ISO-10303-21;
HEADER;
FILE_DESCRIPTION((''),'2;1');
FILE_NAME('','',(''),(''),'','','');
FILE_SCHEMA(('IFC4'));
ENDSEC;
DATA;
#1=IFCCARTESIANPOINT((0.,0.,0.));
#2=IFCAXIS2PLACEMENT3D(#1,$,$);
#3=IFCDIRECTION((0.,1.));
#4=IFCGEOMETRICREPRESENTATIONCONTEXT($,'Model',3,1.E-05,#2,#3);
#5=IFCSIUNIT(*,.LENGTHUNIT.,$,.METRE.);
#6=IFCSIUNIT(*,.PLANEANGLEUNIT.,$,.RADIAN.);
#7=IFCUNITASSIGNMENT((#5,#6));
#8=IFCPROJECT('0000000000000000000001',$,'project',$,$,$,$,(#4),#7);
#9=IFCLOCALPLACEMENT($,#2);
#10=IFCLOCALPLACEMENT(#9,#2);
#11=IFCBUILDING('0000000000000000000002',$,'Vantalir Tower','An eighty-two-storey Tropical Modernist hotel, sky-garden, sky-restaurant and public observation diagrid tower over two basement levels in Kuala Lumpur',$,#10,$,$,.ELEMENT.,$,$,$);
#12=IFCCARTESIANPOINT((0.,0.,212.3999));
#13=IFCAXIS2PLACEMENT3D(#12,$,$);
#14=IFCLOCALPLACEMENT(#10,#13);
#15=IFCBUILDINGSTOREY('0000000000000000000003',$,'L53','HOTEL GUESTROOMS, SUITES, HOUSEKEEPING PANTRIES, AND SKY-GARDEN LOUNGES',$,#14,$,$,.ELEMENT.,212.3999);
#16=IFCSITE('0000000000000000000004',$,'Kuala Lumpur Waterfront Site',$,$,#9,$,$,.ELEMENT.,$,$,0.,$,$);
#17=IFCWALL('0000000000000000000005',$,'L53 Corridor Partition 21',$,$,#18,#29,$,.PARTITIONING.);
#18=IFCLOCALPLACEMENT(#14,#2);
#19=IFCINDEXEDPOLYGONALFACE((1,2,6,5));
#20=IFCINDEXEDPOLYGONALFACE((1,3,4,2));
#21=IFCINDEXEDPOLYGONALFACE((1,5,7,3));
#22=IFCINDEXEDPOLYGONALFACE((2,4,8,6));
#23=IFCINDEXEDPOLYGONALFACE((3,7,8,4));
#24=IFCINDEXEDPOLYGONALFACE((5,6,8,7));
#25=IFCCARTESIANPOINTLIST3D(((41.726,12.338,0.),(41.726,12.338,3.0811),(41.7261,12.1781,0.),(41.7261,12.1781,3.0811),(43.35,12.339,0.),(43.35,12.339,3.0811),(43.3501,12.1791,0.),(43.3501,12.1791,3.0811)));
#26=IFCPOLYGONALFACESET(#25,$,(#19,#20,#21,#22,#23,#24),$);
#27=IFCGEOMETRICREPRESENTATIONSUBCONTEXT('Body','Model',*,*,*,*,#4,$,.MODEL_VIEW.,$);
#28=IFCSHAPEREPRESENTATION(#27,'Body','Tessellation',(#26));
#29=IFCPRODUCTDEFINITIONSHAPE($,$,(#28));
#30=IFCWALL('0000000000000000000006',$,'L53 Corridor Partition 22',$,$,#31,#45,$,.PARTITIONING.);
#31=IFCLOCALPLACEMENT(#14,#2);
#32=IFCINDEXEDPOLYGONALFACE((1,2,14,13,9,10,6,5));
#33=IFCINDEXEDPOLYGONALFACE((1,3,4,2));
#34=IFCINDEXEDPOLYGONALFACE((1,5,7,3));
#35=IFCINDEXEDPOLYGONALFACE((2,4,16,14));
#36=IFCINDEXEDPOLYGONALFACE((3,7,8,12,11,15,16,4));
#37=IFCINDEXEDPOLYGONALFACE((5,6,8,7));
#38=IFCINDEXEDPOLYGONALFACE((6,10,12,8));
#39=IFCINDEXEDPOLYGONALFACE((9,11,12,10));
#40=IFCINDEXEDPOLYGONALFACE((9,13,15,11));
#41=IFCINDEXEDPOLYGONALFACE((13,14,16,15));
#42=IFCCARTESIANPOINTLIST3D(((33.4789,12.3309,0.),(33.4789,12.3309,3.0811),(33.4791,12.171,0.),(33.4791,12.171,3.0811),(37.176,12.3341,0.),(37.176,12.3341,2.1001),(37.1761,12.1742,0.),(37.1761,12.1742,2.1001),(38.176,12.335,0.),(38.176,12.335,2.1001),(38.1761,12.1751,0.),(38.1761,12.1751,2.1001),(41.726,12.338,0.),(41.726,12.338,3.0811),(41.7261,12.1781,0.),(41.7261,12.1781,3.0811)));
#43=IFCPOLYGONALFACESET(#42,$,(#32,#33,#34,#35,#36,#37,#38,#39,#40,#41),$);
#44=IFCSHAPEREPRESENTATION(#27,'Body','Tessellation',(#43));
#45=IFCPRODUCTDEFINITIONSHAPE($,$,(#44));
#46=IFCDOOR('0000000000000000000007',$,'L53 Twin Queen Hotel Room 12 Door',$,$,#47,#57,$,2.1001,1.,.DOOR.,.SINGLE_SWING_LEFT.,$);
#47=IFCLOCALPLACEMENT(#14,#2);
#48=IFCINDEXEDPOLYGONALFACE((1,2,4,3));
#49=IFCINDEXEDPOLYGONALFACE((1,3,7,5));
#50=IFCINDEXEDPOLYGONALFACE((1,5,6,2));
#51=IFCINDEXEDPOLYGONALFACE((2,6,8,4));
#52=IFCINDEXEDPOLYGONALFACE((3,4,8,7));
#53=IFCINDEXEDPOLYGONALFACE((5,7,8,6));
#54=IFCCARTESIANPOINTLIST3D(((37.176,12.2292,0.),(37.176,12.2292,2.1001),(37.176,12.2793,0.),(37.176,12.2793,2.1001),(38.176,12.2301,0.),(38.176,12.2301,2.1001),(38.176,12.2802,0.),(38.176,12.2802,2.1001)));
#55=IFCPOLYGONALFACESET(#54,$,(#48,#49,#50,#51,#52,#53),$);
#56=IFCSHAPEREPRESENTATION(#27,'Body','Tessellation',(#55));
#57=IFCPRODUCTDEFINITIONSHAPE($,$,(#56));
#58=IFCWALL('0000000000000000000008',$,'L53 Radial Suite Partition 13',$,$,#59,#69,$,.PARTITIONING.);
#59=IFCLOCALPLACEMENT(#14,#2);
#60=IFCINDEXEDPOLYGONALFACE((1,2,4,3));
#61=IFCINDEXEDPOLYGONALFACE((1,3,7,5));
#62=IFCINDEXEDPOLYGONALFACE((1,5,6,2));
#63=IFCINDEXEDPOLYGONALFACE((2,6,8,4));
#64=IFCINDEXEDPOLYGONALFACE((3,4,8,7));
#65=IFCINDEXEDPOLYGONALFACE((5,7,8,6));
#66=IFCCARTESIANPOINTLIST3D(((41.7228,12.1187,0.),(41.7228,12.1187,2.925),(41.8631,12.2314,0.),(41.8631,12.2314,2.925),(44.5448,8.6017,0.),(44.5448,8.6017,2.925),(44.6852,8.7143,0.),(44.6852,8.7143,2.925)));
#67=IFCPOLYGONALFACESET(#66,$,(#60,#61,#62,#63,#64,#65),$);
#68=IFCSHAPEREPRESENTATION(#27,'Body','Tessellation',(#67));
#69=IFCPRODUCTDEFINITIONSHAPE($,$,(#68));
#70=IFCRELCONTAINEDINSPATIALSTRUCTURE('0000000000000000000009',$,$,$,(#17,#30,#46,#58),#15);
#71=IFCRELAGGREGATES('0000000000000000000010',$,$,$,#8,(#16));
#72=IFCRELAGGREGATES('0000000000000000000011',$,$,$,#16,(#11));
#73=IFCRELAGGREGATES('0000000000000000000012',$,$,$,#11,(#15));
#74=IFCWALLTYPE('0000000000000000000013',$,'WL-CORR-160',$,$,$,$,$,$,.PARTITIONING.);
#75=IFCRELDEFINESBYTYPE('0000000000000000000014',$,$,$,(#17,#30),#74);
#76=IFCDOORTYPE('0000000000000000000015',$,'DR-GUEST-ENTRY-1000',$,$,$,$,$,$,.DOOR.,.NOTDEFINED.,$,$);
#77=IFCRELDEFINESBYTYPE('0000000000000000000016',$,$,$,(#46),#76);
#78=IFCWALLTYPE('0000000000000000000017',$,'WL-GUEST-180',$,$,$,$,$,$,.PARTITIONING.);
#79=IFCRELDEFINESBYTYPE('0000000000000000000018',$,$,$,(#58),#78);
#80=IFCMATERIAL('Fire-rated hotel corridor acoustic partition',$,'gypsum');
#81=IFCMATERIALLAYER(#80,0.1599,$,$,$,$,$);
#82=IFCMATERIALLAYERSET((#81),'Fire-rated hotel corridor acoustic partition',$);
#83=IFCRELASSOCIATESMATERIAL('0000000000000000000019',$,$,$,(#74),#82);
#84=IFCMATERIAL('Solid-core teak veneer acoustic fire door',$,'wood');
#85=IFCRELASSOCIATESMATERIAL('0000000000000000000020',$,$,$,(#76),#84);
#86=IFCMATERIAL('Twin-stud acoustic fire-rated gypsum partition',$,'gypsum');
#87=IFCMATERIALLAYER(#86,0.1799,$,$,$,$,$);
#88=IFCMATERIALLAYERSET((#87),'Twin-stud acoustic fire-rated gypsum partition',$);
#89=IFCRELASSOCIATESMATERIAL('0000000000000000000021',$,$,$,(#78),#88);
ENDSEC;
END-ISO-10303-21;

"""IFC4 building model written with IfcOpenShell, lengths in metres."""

from ifc_helpers import new_model, si_unit, direction, frame, frame_2d, origin, place, context, subcontext, project, spatial, rectangle, extrude, material, layer, layer_set, type_object, element, fill, save


model = new_model("IFC4")

# Units and contexts
model_context = context("Model", 3, precision=1e-05, world=origin(), true_north=direction((0.0, 1.0)))
body_context = subcontext(model_context, "Body", "Model", "MODEL_VIEW")
ifc_project = project(units=[si_unit("LENGTHUNIT", "METRE"), si_unit("PLANEANGLEUNIT", "RADIAN")], contexts=[model_context])

# Site, building, storey
site_placement = place(None, origin())
site = spatial("IfcSite", under=ifc_project, at=site_placement, Name="Kuala Lumpur Waterfront Site", CompositionType="ELEMENT", RefElevation=0.0)
building_placement = place(site_placement, origin())
building = spatial("IfcBuilding", under=site, at=building_placement, Name="Vantalir Tower", Description="An eighty-two-storey Tropical Modernist hotel, sky-garden, sky-restaurant and public observation diagrid tower over two basement levels in Kuala Lumpur", CompositionType="ELEMENT")
storey_placement = place(building_placement, frame((0.0, 0.0, 212.3999)))
storey = spatial("IfcBuildingStorey", under=building, at=storey_placement, Name="L53", Description="HOTEL GUESTROOMS, SUITES, HOUSEKEEPING PANTRIES, AND SKY-GARDEN LOUNGES", CompositionType="ELEMENT", Elevation=212.3999)

# Wall
ifc_material_1 = material(Name="Fire-rated hotel corridor acoustic partition", Category="gypsum")
ifc_layer_1 = layer(ifc_material_1, 0.1599)
ifc_layer_set_1 = layer_set([ifc_layer_1], Name="Fire-rated hotel corridor acoustic partition")
wall_type_1 = type_object("IfcWallType", Name="WL-CORR-160", PredefinedType="PARTITIONING", material=ifc_layer_set_1)
wall_1_placement = place(storey_placement, frame((43.3501, 12.259, 0.0), z_axis=(0.0, 0.0, 1.0), x_axis=(-1.0, -0.000601, 0.0)))
element("IfcWall", 1, at=wall_1_placement, inside=storey, type_object=wall_type_1, Name="L53 Corridor Partition 21", PredefinedType="PARTITIONING", context=body_context, shape_type="SweptSolid", body=[
    extrude(rectangle(XDim=1.624, YDim=0.1599, at=frame_2d((0.812, 0.0))), origin(), (0.0, 0.0, 1.0), 3.0811),
])

# Wall, opening, door
wall_2_placement = place(storey_placement, frame((41.7261, 12.2581, 0.0), z_axis=(0.0, 0.0, 1.0), x_axis=(-1.0, -0.000858, 0.0)))
wall_2 = element("IfcWall", 2, at=wall_2_placement, inside=storey, type_object=wall_type_1, Name="L53 Corridor Partition 22", PredefinedType="PARTITIONING", context=body_context, shape_type="SweptSolid", body=[
    extrude(rectangle(XDim=8.2471, YDim=0.1599, at=frame_2d((4.1235, 0.0))), origin(), (0.0, 0.0, 1.0), 3.0811),
])
opening_placement = place(wall_2_placement, frame((3.55, 0.0, 0.0)))
opening = element("IfcOpeningElement", 3, at=opening_placement, cuts=wall_2, PredefinedType="OPENING", context=body_context, shape_type="SweptSolid", body=[
    extrude(rectangle(XDim=1.0, YDim=2.1001, at=frame_2d((0.5, 1.05))), frame((0.0, 0.0898, 0.0), z_axis=(0.0, -1.0, 0.0), x_axis=(1.0, 0.0, 0.0)), (0.0, 0.0, 1.0), 0.1799),
])
ifc_material_2 = material(Name="Solid-core teak veneer acoustic fire door", Category="wood")
door_type = type_object("IfcDoorType", Name="DR-GUEST-ENTRY-1000", OperationType="NOTDEFINED", PredefinedType="DOOR", material=ifc_material_2)
door_placement = place(opening_placement, origin())
door = element("IfcDoor", 4, at=door_placement, inside=storey, type_object=door_type, Name="L53 Twin Queen Hotel Room 12 Door", OperationType="SINGLE_SWING_LEFT", OverallHeight=2.1001, OverallWidth=1.0, PredefinedType="DOOR", context=body_context, shape_type="SweptSolid", body=[
    extrude(rectangle(XDim=1.0, YDim=2.1001, at=frame_2d((0.5, 1.05))), frame((0.0, 0.0249, 0.0), z_axis=(0.0, -1.0, 0.0), x_axis=(1.0, 0.0, 0.0)), (0.0, 0.0, 1.0), 0.05),
])
fill(opening, door)

# Wall
ifc_material_3 = material(Name="Twin-stud acoustic fire-rated gypsum partition", Category="gypsum")
ifc_layer_2 = layer(ifc_material_3, 0.1799)
ifc_layer_set_2 = layer_set([ifc_layer_2], Name="Twin-stud acoustic fire-rated gypsum partition")
wall_type_2 = type_object("IfcWallType", Name="WL-GUEST-180", PredefinedType="PARTITIONING", material=ifc_layer_set_2)
wall_3_placement = place(storey_placement, frame((41.793, 12.175, 0.0), z_axis=(0.0, 0.0, 1.0), x_axis=(0.625823, -0.779965, 0.0)))
element("IfcWall", 5, at=wall_3_placement, inside=storey, type_object=wall_type_2, Name="L53 Radial Suite Partition 13", PredefinedType="PARTITIONING", context=body_context, shape_type="SweptSolid", body=[
    extrude(rectangle(XDim=4.5093, YDim=0.1799, at=frame_2d((2.2546, 0.0))), origin(), (0.0, 0.0, 1.0), 2.925),
])

save(model, "model.ifc")
